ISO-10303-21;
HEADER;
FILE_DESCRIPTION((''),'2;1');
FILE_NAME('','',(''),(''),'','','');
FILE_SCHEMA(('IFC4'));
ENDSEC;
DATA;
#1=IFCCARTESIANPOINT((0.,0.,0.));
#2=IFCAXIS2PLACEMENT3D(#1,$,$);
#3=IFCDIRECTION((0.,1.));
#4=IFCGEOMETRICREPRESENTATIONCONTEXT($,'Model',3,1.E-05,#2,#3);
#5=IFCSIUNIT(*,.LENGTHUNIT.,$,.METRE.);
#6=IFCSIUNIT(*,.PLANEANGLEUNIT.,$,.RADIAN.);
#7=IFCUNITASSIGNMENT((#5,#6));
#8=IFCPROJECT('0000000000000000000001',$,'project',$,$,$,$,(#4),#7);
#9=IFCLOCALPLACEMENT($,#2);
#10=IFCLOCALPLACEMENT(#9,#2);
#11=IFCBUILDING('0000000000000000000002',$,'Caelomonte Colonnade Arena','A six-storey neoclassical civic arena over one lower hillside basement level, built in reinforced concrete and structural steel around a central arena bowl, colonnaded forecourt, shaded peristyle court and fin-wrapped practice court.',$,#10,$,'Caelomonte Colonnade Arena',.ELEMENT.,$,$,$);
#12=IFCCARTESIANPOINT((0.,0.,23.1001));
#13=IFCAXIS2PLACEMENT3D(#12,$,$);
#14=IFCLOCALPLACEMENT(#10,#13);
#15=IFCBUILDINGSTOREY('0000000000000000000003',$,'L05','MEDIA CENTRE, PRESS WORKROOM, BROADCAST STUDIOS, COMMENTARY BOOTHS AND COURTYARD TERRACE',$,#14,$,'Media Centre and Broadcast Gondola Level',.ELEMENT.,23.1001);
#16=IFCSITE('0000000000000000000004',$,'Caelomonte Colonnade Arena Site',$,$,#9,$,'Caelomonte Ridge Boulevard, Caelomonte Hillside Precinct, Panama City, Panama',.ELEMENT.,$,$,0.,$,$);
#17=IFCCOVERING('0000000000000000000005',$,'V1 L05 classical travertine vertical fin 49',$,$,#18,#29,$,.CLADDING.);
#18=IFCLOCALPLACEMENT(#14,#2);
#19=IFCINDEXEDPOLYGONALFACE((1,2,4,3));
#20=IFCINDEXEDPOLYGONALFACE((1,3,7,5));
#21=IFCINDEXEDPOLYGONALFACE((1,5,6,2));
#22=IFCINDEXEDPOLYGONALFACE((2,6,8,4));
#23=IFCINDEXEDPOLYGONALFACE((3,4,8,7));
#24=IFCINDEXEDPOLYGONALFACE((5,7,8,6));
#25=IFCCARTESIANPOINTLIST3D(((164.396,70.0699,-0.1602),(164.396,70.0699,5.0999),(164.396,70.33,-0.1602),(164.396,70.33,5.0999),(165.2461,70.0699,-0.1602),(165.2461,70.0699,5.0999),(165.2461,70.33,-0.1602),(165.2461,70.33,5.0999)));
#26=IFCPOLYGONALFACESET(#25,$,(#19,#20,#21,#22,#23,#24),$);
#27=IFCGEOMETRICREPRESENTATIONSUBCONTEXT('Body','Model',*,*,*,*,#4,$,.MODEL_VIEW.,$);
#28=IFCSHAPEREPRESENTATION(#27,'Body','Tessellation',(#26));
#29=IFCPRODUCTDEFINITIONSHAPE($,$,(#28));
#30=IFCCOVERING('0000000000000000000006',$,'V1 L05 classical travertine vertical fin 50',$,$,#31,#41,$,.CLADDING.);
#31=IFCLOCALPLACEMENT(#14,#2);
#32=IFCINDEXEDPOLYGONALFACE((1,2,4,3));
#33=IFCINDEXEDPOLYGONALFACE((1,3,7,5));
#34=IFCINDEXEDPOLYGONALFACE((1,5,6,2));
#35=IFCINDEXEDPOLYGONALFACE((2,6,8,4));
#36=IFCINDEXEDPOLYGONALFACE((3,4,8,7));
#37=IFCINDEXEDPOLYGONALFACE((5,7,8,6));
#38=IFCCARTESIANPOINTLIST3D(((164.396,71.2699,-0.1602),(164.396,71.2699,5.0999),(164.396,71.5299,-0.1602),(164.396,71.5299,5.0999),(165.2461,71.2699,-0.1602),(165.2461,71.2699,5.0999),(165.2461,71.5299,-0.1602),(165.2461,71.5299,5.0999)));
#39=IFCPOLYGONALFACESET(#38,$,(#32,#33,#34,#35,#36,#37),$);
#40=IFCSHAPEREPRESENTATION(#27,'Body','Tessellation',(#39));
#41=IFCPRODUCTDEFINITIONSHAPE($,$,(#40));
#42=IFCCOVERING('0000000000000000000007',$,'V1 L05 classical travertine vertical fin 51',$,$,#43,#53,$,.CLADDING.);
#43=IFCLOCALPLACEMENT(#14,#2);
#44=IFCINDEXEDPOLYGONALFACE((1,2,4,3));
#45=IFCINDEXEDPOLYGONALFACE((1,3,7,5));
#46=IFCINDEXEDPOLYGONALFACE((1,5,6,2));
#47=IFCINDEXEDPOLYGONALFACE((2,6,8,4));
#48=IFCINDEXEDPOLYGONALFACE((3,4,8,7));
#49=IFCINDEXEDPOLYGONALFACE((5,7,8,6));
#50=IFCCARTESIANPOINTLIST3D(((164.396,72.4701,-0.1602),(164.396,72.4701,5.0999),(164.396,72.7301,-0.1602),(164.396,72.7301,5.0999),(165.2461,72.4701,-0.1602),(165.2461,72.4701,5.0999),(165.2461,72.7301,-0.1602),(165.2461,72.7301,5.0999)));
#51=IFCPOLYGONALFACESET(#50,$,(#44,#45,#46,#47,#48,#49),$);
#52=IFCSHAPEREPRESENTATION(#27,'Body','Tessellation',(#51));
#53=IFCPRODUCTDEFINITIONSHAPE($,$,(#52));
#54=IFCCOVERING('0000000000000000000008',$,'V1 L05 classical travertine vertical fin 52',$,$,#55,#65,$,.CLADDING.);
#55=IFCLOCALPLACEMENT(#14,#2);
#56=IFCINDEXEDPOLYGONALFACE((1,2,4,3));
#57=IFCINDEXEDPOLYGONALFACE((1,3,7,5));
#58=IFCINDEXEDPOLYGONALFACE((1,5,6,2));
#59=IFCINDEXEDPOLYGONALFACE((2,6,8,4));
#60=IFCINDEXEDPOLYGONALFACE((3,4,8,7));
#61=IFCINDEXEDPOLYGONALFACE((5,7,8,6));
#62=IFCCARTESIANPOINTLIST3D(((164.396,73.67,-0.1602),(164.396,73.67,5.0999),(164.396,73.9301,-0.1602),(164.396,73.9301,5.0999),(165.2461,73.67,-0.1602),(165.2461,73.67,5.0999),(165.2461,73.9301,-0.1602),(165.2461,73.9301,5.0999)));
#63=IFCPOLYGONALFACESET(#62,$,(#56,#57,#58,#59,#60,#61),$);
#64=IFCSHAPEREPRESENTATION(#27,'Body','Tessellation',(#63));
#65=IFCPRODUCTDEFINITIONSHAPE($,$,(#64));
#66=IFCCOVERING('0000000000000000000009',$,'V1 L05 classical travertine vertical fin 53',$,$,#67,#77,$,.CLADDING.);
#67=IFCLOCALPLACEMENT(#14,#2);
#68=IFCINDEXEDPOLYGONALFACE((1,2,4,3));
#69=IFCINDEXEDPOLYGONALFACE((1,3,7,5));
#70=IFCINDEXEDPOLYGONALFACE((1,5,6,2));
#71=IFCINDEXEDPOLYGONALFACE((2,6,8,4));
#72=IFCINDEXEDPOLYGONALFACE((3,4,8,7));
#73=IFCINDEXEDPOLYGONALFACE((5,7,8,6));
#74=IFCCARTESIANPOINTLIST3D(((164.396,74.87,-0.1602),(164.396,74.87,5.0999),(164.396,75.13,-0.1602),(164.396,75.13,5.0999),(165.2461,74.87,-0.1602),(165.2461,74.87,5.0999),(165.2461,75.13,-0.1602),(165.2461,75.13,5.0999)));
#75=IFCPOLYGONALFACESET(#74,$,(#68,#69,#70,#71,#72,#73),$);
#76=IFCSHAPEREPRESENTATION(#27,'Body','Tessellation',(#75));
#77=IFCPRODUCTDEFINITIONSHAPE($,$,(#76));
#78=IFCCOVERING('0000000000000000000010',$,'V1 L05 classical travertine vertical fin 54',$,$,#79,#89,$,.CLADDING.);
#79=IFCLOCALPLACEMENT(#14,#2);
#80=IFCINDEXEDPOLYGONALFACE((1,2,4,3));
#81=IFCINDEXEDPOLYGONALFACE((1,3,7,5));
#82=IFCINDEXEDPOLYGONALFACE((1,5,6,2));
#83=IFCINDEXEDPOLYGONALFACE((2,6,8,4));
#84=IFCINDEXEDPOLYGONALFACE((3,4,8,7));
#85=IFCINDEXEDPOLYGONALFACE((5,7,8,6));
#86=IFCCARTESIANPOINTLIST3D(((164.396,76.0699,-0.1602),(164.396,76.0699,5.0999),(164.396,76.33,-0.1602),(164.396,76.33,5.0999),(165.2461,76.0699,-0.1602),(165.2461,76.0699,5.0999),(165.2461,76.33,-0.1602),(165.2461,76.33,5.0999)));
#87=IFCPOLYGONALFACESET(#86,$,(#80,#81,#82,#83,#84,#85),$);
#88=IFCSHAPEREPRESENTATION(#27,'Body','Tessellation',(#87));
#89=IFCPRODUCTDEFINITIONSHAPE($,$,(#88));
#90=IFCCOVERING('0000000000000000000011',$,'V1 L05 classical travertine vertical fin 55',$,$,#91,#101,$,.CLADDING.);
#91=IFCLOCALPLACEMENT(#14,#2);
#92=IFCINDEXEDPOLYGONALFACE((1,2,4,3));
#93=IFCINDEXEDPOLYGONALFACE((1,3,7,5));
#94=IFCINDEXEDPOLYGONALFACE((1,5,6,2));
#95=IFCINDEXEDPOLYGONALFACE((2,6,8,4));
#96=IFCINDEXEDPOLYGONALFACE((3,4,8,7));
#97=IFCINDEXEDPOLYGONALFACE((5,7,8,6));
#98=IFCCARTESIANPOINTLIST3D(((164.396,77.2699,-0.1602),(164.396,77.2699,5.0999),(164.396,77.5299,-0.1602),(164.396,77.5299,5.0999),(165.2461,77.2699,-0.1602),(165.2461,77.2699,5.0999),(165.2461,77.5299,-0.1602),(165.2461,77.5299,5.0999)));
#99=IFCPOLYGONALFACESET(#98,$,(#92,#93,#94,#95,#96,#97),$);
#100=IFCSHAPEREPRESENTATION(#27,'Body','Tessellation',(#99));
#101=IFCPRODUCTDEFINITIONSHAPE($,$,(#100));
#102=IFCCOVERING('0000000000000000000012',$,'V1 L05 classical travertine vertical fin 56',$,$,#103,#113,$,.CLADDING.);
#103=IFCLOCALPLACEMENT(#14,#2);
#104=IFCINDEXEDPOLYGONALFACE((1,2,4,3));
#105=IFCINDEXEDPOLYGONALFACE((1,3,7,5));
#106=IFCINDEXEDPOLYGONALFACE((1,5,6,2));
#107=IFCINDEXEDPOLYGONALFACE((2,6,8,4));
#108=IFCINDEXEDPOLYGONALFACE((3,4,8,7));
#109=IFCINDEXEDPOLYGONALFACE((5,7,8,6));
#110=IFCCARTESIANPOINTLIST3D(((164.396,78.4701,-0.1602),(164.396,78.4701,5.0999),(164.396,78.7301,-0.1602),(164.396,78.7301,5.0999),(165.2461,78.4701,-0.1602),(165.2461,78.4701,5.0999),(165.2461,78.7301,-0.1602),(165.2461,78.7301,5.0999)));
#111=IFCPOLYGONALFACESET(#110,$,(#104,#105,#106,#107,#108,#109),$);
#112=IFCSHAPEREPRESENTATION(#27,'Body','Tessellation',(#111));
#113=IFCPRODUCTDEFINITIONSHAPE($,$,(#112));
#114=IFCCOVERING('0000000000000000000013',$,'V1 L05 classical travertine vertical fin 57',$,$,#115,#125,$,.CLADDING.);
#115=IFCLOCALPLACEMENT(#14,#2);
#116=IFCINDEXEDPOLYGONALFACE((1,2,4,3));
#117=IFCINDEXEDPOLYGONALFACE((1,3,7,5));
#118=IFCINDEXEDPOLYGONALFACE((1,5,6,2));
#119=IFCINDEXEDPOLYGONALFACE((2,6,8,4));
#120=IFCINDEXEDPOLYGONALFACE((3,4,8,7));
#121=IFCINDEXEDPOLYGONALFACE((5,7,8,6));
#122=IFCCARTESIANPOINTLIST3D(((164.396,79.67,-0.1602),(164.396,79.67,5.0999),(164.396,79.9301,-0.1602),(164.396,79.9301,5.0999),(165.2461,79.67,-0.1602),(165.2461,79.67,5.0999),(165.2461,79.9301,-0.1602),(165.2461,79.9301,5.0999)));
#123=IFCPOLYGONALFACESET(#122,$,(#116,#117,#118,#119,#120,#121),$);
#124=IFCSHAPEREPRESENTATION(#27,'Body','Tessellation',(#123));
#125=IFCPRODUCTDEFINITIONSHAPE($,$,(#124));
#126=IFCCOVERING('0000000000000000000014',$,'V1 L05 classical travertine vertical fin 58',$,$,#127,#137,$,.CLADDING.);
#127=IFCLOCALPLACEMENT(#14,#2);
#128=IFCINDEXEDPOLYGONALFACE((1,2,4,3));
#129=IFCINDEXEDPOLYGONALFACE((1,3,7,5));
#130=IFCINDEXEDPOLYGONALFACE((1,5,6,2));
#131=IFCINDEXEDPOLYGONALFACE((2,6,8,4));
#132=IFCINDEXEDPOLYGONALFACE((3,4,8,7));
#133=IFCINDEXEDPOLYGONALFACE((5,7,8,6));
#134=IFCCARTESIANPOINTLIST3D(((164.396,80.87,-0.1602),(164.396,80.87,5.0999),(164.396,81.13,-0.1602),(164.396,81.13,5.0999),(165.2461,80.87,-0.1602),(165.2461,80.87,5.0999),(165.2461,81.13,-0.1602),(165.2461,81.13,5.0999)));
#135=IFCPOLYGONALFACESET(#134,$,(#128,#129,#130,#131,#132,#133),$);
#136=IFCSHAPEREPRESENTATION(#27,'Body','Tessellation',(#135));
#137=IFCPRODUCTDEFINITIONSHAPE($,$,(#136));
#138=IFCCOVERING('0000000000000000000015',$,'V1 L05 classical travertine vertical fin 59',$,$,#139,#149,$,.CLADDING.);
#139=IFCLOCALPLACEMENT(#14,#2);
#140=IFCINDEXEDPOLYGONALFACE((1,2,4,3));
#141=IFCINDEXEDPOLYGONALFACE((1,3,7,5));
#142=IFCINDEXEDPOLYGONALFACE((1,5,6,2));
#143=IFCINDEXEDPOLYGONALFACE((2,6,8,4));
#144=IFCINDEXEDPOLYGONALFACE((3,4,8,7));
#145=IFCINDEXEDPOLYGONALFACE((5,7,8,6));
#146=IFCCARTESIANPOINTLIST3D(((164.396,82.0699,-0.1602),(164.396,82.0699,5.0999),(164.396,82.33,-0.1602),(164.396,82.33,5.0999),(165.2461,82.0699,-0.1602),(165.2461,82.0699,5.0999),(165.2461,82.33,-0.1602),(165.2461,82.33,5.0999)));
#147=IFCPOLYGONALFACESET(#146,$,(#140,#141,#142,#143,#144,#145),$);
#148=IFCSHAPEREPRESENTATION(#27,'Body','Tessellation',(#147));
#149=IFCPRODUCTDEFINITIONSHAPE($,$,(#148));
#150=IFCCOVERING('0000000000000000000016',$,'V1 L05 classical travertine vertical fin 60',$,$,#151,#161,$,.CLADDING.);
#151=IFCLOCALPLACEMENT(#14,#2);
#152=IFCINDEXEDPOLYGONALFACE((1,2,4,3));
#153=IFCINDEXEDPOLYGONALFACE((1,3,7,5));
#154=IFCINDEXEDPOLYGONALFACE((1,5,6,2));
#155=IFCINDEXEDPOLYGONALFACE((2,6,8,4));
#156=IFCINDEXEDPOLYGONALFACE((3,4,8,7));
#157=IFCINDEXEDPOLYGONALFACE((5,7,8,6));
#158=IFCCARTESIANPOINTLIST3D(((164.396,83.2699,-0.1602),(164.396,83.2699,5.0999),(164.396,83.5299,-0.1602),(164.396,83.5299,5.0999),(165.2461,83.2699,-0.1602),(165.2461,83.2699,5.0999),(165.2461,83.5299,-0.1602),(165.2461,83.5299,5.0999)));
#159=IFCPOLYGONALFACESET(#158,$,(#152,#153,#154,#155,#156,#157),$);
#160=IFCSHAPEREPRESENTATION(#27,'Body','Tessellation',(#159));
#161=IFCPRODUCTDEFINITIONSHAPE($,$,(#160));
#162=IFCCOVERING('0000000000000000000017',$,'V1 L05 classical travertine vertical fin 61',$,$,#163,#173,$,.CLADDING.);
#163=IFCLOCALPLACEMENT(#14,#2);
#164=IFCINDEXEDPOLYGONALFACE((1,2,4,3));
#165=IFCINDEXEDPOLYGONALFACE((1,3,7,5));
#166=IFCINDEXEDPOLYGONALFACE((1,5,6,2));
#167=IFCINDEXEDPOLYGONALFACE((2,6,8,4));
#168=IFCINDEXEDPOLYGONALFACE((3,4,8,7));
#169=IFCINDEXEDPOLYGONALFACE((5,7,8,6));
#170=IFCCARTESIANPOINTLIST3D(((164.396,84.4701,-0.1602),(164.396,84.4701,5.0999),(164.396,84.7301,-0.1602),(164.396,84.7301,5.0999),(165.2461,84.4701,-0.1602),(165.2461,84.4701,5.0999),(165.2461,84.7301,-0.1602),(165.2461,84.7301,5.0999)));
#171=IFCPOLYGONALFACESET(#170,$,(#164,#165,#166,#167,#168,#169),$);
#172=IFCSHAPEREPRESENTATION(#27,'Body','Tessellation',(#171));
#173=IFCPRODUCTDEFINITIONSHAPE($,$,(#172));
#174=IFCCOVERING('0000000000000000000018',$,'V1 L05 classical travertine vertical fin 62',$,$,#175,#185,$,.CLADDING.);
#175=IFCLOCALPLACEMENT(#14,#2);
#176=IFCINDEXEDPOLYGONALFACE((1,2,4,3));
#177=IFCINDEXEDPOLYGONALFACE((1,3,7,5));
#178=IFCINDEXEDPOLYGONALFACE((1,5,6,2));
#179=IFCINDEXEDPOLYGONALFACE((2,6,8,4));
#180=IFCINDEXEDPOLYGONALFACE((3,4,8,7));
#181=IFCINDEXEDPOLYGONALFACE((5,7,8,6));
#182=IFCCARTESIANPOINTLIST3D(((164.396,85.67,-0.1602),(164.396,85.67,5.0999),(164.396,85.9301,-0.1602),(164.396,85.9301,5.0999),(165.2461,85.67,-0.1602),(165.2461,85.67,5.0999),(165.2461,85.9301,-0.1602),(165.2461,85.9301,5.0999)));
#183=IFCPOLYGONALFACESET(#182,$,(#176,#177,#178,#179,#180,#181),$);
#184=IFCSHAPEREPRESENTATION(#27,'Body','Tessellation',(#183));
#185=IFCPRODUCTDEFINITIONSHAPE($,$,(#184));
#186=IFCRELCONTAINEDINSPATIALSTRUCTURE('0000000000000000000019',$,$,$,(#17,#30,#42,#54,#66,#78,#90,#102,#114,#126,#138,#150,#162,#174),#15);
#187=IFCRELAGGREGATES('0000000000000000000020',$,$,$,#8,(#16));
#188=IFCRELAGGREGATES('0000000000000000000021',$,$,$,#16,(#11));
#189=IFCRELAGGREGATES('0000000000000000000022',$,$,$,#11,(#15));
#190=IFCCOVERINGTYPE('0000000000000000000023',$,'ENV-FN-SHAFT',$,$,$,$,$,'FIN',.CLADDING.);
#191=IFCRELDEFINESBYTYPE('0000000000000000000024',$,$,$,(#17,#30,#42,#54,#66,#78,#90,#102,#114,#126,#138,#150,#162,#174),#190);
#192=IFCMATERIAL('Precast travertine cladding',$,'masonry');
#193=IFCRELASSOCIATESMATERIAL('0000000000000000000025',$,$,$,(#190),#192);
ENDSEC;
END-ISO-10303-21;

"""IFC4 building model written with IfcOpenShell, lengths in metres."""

from ifc_helpers import new_model, si_unit, direction, frame, origin, origin_2d, place, context, subcontext, project, spatial, rectangle, extrude, material, material_profile, profile_set, type_object, element, save


model = new_model("IFC4")

# Units and contexts
model_context = context("Model", 3, precision=1e-05, world=origin(), true_north=direction((0.0, 1.0)))
body_context = subcontext(model_context, "Body", "Model", "MODEL_VIEW")
ifc_project = project(units=[si_unit("LENGTHUNIT", "METRE"), si_unit("PLANEANGLEUNIT", "RADIAN")], contexts=[model_context])

# Site, building, storey
site_placement = place(None, origin())
site = spatial("IfcSite", under=ifc_project, at=site_placement, Name="Caelomonte Colonnade Arena Site", LongName="Caelomonte Ridge Boulevard, Caelomonte Hillside Precinct, Panama City, Panama", CompositionType="ELEMENT", RefElevation=0.0)
building_placement = place(site_placement, origin())
building = spatial("IfcBuilding", under=site, at=building_placement, Name="Caelomonte Colonnade Arena", Description="A six-storey neoclassical civic arena over one lower hillside basement level, built in reinforced concrete and structural steel around a central arena bowl, colonnaded forecourt, shaded peristyle court and fin-wrapped practice court.", LongName="Caelomonte Colonnade Arena", CompositionType="ELEMENT")
storey_placement = place(building_placement, frame((0.0, 0.0, 23.1001)))
storey = spatial("IfcBuildingStorey", under=building, at=storey_placement, Name="L05", Description="MEDIA CENTRE, PRESS WORKROOM, BROADCAST STUDIOS, COMMENTARY BOOTHS AND COURTYARD TERRACE", LongName="Media Centre and Broadcast Gondola Level", CompositionType="ELEMENT", Elevation=23.1001)

# Coverings
ifc_material_1 = material(Name="Precast travertine cladding", Category="masonry")
ifc_material_profile_1 = material_profile(ifc_material_1, rectangle(XDim=0.26, YDim=0.8501, at=origin_2d()), Name="FIN260X850")
ifc_profile_set_1 = profile_set([ifc_material_profile_1], Name="Precast travertine cladding")
covering_type = type_object("IfcCoveringType", Name="ENV-FN-SHAFT", ElementType="FIN", PredefinedType="CLADDING", material=ifc_profile_set_1)
for number, where, z_axis, x_axis, name in (
    (1, (164.821, 70.2, -0.1602), (0.0, 0.0, 1.0), (0.0, -1.0, 0.0), "V1 L05 classical travertine vertical fin 49"),
    (2, (164.821, 71.3999, -0.1602), (0.0, 0.0, 1.0), (0.0, -1.0, 0.0), "V1 L05 classical travertine vertical fin 50"),
    (3, (164.821, 72.6001, -0.1602), (0.0, 0.0, 1.0), (0.0, -1.0, 0.0), "V1 L05 classical travertine vertical fin 51"),
    (4, (164.821, 73.8, -0.1602), (0.0, 0.0, 1.0), (0.0, -1.0, 0.0), "V1 L05 classical travertine vertical fin 52"),
    (5, (164.821, 75.0, -0.1602), (0.0, 0.0, 1.0), (0.0, -1.0, 0.0), "V1 L05 classical travertine vertical fin 53"),
    (6, (164.821, 76.2, -0.1602), (0.0, 0.0, 1.0), (0.0, -1.0, 0.0), "V1 L05 classical travertine vertical fin 54"),
    (7, (164.821, 77.3999, -0.1602), (0.0, 0.0, 1.0), (0.0, -1.0, 0.0), "V1 L05 classical travertine vertical fin 55"),
    (8, (164.821, 78.6001, -0.1602), (0.0, 0.0, 1.0), (0.0, -1.0, 0.0), "V1 L05 classical travertine vertical fin 56"),
    (9, (164.821, 79.8, -0.1602), (0.0, 0.0, 1.0), (0.0, -1.0, 0.0), "V1 L05 classical travertine vertical fin 57"),
    (10, (164.821, 81.0, -0.1602), (0.0, 0.0, 1.0), (0.0, -1.0, 0.0), "V1 L05 classical travertine vertical fin 58"),
    (11, (164.821, 82.2, -0.1602), (0.0, 0.0, 1.0), (0.0, -1.0, 0.0), "V1 L05 classical travertine vertical fin 59"),
    (12, (164.821, 83.3999, -0.1602), (0.0, 0.0, 1.0), (0.0, -1.0, 0.0), "V1 L05 classical travertine vertical fin 60"),
    (13, (164.821, 84.6001, -0.1602), (0.0, 0.0, 1.0), (0.0, -1.0, 0.0), "V1 L05 classical travertine vertical fin 61"),
    (14, (164.821, 85.8, -0.1602), (0.0, 0.0, 1.0), (0.0, -1.0, 0.0), "V1 L05 classical travertine vertical fin 62"),
):
    element("IfcCovering", number, at=place(storey_placement, frame(where, z_axis=z_axis, x_axis=x_axis)), inside=storey, type_object=covering_type, Name=name, PredefinedType="CLADDING", context=body_context, shape_type="SweptSolid", body=[
        extrude(rectangle(XDim=0.26, YDim=0.8501, at=origin_2d()), origin(), (0.0, 0.0, 1.0), 5.26),
    ])

save(model, "model.ifc")
